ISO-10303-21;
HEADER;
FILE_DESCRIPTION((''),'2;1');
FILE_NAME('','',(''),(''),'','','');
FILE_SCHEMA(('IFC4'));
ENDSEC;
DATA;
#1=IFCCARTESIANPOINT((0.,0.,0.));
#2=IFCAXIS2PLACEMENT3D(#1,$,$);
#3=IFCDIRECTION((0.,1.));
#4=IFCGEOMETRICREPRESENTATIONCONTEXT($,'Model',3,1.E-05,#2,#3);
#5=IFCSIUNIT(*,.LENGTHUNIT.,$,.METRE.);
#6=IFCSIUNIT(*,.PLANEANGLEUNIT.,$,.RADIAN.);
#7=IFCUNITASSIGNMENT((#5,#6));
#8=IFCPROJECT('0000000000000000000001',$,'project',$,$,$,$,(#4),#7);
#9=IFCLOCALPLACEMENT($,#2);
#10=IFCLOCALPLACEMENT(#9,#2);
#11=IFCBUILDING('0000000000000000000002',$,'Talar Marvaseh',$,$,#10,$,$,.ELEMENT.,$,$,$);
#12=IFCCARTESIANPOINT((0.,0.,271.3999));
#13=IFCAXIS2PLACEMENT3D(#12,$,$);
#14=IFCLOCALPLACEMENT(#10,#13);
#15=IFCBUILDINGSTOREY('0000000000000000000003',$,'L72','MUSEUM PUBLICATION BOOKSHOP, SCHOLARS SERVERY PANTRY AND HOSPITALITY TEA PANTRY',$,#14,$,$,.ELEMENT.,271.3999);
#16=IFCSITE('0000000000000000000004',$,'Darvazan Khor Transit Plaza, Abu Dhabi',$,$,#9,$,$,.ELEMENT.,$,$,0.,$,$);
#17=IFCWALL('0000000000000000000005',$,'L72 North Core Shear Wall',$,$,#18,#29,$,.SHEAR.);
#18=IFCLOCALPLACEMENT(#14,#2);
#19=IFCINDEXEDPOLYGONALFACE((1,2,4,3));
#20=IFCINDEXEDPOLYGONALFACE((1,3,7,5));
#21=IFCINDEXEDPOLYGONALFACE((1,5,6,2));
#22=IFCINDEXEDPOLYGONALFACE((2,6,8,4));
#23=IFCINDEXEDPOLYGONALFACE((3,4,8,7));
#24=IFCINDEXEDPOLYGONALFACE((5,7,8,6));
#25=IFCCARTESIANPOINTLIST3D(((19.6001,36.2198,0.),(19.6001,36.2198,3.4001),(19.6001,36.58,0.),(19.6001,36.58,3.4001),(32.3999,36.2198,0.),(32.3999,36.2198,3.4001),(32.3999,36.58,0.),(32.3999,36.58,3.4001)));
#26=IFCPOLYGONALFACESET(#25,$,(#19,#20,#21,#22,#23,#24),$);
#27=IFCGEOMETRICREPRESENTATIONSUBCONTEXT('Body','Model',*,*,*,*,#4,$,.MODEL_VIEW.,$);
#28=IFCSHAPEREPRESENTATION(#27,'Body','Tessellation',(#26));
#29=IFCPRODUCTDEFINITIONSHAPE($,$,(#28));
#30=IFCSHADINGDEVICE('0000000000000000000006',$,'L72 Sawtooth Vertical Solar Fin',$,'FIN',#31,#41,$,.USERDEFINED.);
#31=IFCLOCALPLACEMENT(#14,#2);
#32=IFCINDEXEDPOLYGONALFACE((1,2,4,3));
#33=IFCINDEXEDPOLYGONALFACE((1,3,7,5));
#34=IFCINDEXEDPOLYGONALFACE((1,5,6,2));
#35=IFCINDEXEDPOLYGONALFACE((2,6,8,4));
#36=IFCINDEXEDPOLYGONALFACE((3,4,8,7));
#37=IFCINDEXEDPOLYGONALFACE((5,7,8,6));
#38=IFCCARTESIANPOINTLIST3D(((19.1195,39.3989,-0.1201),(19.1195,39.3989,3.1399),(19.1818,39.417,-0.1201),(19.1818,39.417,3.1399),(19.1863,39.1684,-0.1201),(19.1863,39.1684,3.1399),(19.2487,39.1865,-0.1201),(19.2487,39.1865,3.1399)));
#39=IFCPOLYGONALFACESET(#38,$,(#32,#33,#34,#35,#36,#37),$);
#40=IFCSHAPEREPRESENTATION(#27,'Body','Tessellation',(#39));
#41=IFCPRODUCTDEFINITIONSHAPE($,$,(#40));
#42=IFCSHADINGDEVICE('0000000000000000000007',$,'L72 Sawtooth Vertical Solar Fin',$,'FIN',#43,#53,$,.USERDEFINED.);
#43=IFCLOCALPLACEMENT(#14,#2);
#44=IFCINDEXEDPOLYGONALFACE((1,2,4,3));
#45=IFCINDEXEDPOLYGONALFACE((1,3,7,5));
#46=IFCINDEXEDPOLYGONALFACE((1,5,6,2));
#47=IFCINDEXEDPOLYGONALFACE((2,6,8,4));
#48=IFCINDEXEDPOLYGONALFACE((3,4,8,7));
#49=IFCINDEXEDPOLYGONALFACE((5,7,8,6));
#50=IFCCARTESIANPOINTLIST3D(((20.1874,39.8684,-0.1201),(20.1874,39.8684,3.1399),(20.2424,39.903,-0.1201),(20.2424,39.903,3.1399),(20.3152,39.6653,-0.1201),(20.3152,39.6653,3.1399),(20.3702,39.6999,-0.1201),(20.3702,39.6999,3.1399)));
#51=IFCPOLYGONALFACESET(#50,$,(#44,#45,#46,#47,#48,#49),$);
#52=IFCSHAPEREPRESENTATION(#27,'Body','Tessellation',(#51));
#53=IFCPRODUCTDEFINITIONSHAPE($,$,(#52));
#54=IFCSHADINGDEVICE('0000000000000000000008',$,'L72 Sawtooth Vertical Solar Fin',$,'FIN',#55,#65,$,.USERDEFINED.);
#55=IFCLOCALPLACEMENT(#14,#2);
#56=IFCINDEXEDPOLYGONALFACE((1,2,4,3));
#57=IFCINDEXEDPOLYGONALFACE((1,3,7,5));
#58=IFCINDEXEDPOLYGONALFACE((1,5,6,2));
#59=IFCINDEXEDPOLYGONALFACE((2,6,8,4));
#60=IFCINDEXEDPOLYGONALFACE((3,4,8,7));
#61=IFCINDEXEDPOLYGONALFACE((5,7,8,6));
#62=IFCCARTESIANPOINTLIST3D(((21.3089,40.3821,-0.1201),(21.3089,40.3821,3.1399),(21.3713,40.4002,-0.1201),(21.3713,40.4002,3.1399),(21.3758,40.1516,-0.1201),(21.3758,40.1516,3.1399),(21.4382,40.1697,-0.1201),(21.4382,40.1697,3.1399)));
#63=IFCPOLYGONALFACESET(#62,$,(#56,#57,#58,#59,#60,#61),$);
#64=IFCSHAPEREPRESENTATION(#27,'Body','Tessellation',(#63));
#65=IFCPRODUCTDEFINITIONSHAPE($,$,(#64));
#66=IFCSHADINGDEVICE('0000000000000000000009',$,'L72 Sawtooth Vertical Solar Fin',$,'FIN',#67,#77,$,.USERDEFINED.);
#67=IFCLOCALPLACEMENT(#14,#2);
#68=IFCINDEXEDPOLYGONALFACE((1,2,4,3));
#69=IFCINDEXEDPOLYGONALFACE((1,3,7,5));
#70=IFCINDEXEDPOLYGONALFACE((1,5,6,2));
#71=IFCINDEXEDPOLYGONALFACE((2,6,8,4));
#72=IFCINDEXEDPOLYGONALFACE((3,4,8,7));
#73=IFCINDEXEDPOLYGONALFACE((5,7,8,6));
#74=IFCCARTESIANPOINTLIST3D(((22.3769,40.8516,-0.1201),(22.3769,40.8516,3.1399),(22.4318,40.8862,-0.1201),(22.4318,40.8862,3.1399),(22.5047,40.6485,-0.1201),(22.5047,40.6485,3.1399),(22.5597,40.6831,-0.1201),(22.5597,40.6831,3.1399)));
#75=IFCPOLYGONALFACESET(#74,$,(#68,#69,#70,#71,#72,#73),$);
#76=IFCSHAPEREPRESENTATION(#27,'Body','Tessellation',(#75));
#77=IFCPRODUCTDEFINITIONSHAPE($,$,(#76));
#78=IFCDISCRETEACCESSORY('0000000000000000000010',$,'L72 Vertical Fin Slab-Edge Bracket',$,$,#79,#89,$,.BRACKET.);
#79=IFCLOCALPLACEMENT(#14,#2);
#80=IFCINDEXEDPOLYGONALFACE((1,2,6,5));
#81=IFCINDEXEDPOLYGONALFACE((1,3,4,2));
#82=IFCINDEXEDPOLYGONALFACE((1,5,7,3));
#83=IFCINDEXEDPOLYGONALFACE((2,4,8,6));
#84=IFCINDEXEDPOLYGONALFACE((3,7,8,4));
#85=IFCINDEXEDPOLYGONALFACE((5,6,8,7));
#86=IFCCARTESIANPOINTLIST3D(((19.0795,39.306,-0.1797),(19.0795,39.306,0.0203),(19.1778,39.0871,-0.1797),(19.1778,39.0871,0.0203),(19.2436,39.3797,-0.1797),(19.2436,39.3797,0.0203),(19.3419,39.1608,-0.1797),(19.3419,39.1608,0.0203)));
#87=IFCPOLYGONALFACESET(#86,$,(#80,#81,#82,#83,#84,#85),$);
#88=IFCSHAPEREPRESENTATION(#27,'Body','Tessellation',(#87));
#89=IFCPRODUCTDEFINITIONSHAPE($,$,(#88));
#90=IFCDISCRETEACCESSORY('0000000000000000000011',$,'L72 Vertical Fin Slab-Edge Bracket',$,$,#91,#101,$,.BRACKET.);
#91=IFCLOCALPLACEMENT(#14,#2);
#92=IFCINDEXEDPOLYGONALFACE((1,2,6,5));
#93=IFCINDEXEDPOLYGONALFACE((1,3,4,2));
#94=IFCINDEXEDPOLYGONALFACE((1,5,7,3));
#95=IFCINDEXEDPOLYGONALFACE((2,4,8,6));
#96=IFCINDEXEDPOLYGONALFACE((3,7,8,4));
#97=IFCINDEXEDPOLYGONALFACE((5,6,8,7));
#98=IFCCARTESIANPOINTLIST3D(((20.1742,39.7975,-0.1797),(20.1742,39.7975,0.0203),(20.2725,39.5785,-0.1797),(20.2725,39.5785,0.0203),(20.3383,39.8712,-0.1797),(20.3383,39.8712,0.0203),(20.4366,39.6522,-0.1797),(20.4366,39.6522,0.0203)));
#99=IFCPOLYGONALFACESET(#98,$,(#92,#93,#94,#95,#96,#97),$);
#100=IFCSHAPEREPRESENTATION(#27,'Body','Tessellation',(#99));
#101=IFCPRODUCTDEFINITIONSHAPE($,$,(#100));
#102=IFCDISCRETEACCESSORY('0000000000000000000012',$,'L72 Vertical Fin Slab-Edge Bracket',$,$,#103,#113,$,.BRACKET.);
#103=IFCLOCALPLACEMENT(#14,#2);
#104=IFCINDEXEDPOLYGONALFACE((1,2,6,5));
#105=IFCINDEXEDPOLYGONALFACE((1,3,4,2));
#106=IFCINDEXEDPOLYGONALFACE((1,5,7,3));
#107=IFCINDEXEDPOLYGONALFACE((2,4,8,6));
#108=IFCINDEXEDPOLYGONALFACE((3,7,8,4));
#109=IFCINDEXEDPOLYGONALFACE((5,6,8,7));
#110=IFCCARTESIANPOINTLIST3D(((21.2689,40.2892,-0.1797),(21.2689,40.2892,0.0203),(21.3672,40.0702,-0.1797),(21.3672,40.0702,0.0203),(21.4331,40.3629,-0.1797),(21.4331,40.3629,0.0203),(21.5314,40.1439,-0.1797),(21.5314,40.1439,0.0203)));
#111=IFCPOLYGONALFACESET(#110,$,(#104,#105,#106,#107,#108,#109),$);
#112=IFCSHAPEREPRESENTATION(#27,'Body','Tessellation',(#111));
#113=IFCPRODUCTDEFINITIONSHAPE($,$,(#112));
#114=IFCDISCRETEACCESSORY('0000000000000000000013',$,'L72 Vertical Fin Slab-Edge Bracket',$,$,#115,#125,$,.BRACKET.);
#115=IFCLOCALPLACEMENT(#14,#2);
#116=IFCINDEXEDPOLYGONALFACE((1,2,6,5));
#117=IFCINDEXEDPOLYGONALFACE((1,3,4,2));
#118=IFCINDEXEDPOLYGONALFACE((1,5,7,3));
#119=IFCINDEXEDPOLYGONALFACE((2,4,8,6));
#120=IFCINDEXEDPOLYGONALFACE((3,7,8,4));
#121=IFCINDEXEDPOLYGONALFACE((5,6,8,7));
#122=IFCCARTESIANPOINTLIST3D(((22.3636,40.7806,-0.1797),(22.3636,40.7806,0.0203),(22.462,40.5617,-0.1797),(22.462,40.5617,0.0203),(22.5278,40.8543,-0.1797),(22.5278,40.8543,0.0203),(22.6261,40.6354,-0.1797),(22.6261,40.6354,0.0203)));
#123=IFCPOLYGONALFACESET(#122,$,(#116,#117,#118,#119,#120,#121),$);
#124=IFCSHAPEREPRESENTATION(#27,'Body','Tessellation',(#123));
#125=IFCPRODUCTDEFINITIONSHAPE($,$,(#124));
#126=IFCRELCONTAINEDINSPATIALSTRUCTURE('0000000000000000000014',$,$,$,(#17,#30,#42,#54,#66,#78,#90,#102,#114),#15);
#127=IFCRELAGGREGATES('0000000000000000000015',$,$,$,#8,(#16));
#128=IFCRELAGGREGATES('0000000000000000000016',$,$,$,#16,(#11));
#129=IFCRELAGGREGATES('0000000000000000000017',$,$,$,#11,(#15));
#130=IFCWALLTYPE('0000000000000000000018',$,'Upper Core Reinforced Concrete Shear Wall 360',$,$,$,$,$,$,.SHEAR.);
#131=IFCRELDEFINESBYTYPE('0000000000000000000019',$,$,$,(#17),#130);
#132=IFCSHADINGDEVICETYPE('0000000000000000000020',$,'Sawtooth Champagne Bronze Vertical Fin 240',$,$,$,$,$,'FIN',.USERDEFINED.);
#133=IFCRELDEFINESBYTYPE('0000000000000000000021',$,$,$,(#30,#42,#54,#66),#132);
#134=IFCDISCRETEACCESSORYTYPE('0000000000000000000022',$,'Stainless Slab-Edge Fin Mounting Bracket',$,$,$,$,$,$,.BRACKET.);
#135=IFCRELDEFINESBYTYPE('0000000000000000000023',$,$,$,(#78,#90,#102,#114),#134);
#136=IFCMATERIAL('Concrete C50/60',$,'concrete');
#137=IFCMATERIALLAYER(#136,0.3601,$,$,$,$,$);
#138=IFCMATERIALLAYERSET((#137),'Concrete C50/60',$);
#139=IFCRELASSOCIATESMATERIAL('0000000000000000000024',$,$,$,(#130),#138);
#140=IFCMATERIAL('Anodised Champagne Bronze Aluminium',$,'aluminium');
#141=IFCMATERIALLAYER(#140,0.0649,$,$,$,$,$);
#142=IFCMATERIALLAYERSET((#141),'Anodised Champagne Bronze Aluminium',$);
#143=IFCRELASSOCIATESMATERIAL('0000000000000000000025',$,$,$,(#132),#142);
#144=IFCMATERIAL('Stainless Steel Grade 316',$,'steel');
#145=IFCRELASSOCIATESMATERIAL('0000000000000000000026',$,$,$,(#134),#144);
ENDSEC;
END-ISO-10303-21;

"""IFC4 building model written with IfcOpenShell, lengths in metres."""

from ifc_helpers import new_model, si_unit, direction, frame, frame_2d, origin, origin_2d, place, context, subcontext, project, spatial, rectangle, extrude, source, transform, mapped, material, layer, layer_set, type_object, type_shapes, element, save


model = new_model("IFC4")

# Units and contexts
model_context = context("Model", 3, precision=1e-05, world=origin(), true_north=direction((0.0, 1.0)))
body_context = subcontext(model_context, "Body", "Model", "MODEL_VIEW")
ifc_project = project(units=[si_unit("LENGTHUNIT", "METRE"), si_unit("PLANEANGLEUNIT", "RADIAN")], contexts=[model_context])

# Site, building, storey
site_placement = place(None, origin())
site = spatial("IfcSite", under=ifc_project, at=site_placement, Name="Darvazan Khor Transit Plaza, Abu Dhabi", CompositionType="ELEMENT", RefElevation=0.0)
building_placement = place(site_placement, origin())
building = spatial("IfcBuilding", under=site, at=building_placement, Name="Talar Marvaseh", CompositionType="ELEMENT")
storey_placement = place(building_placement, frame((0.0, 0.0, 271.3999)))
storey = spatial("IfcBuildingStorey", under=building, at=storey_placement, Name="L72", Description="MUSEUM PUBLICATION BOOKSHOP, SCHOLARS SERVERY PANTRY AND HOSPITALITY TEA PANTRY", CompositionType="ELEMENT", Elevation=271.3999)

# Shared definitions
ifc_material_1 = material(Name="Concrete C50/60", Category="concrete")

# Wall
ifc_layer_1 = layer(ifc_material_1, 0.3601)
ifc_layer_set_1 = layer_set([ifc_layer_1], Name="Concrete C50/60")
wall_type_1 = type_object("IfcWallType", Name="Upper Core Reinforced Concrete Shear Wall 360", PredefinedType="SHEAR", material=ifc_layer_set_1)
wall_1_placement = place(storey_placement, frame((19.6001, 36.3999, 0.0), z_axis=(0.0, 0.0, 1.0), x_axis=(1.0, 0.0, 0.0)))
element("IfcWall", 1, at=wall_1_placement, inside=storey, type_object=wall_type_1, Name="L72 North Core Shear Wall", PredefinedType="SHEAR", context=body_context, shape_type="SweptSolid", body=[
    extrude(rectangle(XDim=12.7998, YDim=0.3601, at=frame_2d((6.3999, 0.0))), origin(), (0.0, 0.0, 1.0), 3.4001),
])

# Shading devices
ifc_material_2 = material(Name="Anodised Champagne Bronze Aluminium", Category="aluminium")
ifc_layer_2 = layer(ifc_material_2, 0.0649)
ifc_layer_set_2 = layer_set([ifc_layer_2], Name="Anodised Champagne Bronze Aluminium")
shading_device_type = type_object("IfcShadingDeviceType", Name="Sawtooth Champagne Bronze Vertical Fin 240", ElementType="FIN", PredefinedType="USERDEFINED", material=ifc_layer_set_2)
shared_shape_1 = source(origin(), body_context, "Body", "SweptSolid", [
    extrude(rectangle(XDim=0.24, YDim=0.0649, at=origin_2d()), origin(), (0.0, 0.0, 1.0), 3.26),
])
type_shapes(shading_device_type, [shared_shape_1])
for number, where, z_axis, x_axis, name in (
    (2, (19.1841, 39.2927, -0.1201), (0.0, 0.0, 1.0), (-0.278656, 0.960391, 0.0), "L72 Sawtooth Vertical Solar Fin"),
    (3, (20.2788, 39.7842, -0.1201), (0.0, 0.0, 1.0), (-0.532581, 0.846379, 0.0), "L72 Sawtooth Vertical Solar Fin"),
    (4, (21.3735, 40.2759, -0.1201), (0.0, 0.0, 1.0), (-0.278656, 0.960391, 0.0), "L72 Sawtooth Vertical Solar Fin"),
    (5, (22.4683, 40.7673, -0.1201), (0.0, 0.0, 1.0), (-0.532581, 0.846379, 0.0), "L72 Sawtooth Vertical Solar Fin"),
):
    element("IfcShadingDevice", number, at=place(storey_placement, frame(where, z_axis=z_axis, x_axis=x_axis)), inside=storey, type_object=shading_device_type, Name=name, ObjectType="FIN", PredefinedType="USERDEFINED", context=body_context, shape_type="MappedRepresentation", body=[
        mapped(shared_shape_1, transform((0.0, 0.0, 0.0), x_axis=(1.0, 0.0, 0.0), y_axis=(0.0, 1.0, 0.0), z_axis=(0.0, 0.0, 1.0), scale=1.0)),
    ])

# Discrete accessories
ifc_material_3 = material(Name="Stainless Steel Grade 316", Category="steel")
discrete_accessory_type = type_object("IfcDiscreteAccessoryType", Name="Stainless Slab-Edge Fin Mounting Bracket", PredefinedType="BRACKET", material=ifc_material_3)
shared_shape_2 = source(origin(), body_context, "Body", "SweptSolid", [
    extrude(rectangle(XDim=0.24, YDim=0.1799, at=origin_2d()), origin(), (0.0, 0.0, 1.0), 0.2),
])
type_shapes(discrete_accessory_type, [shared_shape_2])
for number, where, z_axis, x_axis, name in (
    (6, (19.2107, 39.2334, -0.1797), (0.0, 0.0, 1.0), (-0.409605, 0.912263, 0.0), "L72 Vertical Fin Slab-Edge Bracket"),
    (7, (20.3054, 39.7249, -0.1797), (0.0, 0.0, 1.0), (-0.409605, 0.912263, 0.0), "L72 Vertical Fin Slab-Edge Bracket"),
    (8, (21.4001, 40.2166, -0.1797), (0.0, 0.0, 1.0), (-0.409605, 0.912263, 0.0), "L72 Vertical Fin Slab-Edge Bracket"),
    (9, (22.4949, 40.708, -0.1797), (0.0, 0.0, 1.0), (-0.409605, 0.912263, 0.0), "L72 Vertical Fin Slab-Edge Bracket"),
):
    element("IfcDiscreteAccessory", number, at=place(storey_placement, frame(where, z_axis=z_axis, x_axis=x_axis)), inside=storey, type_object=discrete_accessory_type, Name=name, PredefinedType="BRACKET", context=body_context, shape_type="MappedRepresentation", body=[
        mapped(shared_shape_2, transform((0.0, 0.0, 0.0), x_axis=(1.0, 0.0, 0.0), y_axis=(0.0, 1.0, 0.0), z_axis=(0.0, 0.0, 1.0), scale=1.0)),
    ])

save(model, "model.ifc")
